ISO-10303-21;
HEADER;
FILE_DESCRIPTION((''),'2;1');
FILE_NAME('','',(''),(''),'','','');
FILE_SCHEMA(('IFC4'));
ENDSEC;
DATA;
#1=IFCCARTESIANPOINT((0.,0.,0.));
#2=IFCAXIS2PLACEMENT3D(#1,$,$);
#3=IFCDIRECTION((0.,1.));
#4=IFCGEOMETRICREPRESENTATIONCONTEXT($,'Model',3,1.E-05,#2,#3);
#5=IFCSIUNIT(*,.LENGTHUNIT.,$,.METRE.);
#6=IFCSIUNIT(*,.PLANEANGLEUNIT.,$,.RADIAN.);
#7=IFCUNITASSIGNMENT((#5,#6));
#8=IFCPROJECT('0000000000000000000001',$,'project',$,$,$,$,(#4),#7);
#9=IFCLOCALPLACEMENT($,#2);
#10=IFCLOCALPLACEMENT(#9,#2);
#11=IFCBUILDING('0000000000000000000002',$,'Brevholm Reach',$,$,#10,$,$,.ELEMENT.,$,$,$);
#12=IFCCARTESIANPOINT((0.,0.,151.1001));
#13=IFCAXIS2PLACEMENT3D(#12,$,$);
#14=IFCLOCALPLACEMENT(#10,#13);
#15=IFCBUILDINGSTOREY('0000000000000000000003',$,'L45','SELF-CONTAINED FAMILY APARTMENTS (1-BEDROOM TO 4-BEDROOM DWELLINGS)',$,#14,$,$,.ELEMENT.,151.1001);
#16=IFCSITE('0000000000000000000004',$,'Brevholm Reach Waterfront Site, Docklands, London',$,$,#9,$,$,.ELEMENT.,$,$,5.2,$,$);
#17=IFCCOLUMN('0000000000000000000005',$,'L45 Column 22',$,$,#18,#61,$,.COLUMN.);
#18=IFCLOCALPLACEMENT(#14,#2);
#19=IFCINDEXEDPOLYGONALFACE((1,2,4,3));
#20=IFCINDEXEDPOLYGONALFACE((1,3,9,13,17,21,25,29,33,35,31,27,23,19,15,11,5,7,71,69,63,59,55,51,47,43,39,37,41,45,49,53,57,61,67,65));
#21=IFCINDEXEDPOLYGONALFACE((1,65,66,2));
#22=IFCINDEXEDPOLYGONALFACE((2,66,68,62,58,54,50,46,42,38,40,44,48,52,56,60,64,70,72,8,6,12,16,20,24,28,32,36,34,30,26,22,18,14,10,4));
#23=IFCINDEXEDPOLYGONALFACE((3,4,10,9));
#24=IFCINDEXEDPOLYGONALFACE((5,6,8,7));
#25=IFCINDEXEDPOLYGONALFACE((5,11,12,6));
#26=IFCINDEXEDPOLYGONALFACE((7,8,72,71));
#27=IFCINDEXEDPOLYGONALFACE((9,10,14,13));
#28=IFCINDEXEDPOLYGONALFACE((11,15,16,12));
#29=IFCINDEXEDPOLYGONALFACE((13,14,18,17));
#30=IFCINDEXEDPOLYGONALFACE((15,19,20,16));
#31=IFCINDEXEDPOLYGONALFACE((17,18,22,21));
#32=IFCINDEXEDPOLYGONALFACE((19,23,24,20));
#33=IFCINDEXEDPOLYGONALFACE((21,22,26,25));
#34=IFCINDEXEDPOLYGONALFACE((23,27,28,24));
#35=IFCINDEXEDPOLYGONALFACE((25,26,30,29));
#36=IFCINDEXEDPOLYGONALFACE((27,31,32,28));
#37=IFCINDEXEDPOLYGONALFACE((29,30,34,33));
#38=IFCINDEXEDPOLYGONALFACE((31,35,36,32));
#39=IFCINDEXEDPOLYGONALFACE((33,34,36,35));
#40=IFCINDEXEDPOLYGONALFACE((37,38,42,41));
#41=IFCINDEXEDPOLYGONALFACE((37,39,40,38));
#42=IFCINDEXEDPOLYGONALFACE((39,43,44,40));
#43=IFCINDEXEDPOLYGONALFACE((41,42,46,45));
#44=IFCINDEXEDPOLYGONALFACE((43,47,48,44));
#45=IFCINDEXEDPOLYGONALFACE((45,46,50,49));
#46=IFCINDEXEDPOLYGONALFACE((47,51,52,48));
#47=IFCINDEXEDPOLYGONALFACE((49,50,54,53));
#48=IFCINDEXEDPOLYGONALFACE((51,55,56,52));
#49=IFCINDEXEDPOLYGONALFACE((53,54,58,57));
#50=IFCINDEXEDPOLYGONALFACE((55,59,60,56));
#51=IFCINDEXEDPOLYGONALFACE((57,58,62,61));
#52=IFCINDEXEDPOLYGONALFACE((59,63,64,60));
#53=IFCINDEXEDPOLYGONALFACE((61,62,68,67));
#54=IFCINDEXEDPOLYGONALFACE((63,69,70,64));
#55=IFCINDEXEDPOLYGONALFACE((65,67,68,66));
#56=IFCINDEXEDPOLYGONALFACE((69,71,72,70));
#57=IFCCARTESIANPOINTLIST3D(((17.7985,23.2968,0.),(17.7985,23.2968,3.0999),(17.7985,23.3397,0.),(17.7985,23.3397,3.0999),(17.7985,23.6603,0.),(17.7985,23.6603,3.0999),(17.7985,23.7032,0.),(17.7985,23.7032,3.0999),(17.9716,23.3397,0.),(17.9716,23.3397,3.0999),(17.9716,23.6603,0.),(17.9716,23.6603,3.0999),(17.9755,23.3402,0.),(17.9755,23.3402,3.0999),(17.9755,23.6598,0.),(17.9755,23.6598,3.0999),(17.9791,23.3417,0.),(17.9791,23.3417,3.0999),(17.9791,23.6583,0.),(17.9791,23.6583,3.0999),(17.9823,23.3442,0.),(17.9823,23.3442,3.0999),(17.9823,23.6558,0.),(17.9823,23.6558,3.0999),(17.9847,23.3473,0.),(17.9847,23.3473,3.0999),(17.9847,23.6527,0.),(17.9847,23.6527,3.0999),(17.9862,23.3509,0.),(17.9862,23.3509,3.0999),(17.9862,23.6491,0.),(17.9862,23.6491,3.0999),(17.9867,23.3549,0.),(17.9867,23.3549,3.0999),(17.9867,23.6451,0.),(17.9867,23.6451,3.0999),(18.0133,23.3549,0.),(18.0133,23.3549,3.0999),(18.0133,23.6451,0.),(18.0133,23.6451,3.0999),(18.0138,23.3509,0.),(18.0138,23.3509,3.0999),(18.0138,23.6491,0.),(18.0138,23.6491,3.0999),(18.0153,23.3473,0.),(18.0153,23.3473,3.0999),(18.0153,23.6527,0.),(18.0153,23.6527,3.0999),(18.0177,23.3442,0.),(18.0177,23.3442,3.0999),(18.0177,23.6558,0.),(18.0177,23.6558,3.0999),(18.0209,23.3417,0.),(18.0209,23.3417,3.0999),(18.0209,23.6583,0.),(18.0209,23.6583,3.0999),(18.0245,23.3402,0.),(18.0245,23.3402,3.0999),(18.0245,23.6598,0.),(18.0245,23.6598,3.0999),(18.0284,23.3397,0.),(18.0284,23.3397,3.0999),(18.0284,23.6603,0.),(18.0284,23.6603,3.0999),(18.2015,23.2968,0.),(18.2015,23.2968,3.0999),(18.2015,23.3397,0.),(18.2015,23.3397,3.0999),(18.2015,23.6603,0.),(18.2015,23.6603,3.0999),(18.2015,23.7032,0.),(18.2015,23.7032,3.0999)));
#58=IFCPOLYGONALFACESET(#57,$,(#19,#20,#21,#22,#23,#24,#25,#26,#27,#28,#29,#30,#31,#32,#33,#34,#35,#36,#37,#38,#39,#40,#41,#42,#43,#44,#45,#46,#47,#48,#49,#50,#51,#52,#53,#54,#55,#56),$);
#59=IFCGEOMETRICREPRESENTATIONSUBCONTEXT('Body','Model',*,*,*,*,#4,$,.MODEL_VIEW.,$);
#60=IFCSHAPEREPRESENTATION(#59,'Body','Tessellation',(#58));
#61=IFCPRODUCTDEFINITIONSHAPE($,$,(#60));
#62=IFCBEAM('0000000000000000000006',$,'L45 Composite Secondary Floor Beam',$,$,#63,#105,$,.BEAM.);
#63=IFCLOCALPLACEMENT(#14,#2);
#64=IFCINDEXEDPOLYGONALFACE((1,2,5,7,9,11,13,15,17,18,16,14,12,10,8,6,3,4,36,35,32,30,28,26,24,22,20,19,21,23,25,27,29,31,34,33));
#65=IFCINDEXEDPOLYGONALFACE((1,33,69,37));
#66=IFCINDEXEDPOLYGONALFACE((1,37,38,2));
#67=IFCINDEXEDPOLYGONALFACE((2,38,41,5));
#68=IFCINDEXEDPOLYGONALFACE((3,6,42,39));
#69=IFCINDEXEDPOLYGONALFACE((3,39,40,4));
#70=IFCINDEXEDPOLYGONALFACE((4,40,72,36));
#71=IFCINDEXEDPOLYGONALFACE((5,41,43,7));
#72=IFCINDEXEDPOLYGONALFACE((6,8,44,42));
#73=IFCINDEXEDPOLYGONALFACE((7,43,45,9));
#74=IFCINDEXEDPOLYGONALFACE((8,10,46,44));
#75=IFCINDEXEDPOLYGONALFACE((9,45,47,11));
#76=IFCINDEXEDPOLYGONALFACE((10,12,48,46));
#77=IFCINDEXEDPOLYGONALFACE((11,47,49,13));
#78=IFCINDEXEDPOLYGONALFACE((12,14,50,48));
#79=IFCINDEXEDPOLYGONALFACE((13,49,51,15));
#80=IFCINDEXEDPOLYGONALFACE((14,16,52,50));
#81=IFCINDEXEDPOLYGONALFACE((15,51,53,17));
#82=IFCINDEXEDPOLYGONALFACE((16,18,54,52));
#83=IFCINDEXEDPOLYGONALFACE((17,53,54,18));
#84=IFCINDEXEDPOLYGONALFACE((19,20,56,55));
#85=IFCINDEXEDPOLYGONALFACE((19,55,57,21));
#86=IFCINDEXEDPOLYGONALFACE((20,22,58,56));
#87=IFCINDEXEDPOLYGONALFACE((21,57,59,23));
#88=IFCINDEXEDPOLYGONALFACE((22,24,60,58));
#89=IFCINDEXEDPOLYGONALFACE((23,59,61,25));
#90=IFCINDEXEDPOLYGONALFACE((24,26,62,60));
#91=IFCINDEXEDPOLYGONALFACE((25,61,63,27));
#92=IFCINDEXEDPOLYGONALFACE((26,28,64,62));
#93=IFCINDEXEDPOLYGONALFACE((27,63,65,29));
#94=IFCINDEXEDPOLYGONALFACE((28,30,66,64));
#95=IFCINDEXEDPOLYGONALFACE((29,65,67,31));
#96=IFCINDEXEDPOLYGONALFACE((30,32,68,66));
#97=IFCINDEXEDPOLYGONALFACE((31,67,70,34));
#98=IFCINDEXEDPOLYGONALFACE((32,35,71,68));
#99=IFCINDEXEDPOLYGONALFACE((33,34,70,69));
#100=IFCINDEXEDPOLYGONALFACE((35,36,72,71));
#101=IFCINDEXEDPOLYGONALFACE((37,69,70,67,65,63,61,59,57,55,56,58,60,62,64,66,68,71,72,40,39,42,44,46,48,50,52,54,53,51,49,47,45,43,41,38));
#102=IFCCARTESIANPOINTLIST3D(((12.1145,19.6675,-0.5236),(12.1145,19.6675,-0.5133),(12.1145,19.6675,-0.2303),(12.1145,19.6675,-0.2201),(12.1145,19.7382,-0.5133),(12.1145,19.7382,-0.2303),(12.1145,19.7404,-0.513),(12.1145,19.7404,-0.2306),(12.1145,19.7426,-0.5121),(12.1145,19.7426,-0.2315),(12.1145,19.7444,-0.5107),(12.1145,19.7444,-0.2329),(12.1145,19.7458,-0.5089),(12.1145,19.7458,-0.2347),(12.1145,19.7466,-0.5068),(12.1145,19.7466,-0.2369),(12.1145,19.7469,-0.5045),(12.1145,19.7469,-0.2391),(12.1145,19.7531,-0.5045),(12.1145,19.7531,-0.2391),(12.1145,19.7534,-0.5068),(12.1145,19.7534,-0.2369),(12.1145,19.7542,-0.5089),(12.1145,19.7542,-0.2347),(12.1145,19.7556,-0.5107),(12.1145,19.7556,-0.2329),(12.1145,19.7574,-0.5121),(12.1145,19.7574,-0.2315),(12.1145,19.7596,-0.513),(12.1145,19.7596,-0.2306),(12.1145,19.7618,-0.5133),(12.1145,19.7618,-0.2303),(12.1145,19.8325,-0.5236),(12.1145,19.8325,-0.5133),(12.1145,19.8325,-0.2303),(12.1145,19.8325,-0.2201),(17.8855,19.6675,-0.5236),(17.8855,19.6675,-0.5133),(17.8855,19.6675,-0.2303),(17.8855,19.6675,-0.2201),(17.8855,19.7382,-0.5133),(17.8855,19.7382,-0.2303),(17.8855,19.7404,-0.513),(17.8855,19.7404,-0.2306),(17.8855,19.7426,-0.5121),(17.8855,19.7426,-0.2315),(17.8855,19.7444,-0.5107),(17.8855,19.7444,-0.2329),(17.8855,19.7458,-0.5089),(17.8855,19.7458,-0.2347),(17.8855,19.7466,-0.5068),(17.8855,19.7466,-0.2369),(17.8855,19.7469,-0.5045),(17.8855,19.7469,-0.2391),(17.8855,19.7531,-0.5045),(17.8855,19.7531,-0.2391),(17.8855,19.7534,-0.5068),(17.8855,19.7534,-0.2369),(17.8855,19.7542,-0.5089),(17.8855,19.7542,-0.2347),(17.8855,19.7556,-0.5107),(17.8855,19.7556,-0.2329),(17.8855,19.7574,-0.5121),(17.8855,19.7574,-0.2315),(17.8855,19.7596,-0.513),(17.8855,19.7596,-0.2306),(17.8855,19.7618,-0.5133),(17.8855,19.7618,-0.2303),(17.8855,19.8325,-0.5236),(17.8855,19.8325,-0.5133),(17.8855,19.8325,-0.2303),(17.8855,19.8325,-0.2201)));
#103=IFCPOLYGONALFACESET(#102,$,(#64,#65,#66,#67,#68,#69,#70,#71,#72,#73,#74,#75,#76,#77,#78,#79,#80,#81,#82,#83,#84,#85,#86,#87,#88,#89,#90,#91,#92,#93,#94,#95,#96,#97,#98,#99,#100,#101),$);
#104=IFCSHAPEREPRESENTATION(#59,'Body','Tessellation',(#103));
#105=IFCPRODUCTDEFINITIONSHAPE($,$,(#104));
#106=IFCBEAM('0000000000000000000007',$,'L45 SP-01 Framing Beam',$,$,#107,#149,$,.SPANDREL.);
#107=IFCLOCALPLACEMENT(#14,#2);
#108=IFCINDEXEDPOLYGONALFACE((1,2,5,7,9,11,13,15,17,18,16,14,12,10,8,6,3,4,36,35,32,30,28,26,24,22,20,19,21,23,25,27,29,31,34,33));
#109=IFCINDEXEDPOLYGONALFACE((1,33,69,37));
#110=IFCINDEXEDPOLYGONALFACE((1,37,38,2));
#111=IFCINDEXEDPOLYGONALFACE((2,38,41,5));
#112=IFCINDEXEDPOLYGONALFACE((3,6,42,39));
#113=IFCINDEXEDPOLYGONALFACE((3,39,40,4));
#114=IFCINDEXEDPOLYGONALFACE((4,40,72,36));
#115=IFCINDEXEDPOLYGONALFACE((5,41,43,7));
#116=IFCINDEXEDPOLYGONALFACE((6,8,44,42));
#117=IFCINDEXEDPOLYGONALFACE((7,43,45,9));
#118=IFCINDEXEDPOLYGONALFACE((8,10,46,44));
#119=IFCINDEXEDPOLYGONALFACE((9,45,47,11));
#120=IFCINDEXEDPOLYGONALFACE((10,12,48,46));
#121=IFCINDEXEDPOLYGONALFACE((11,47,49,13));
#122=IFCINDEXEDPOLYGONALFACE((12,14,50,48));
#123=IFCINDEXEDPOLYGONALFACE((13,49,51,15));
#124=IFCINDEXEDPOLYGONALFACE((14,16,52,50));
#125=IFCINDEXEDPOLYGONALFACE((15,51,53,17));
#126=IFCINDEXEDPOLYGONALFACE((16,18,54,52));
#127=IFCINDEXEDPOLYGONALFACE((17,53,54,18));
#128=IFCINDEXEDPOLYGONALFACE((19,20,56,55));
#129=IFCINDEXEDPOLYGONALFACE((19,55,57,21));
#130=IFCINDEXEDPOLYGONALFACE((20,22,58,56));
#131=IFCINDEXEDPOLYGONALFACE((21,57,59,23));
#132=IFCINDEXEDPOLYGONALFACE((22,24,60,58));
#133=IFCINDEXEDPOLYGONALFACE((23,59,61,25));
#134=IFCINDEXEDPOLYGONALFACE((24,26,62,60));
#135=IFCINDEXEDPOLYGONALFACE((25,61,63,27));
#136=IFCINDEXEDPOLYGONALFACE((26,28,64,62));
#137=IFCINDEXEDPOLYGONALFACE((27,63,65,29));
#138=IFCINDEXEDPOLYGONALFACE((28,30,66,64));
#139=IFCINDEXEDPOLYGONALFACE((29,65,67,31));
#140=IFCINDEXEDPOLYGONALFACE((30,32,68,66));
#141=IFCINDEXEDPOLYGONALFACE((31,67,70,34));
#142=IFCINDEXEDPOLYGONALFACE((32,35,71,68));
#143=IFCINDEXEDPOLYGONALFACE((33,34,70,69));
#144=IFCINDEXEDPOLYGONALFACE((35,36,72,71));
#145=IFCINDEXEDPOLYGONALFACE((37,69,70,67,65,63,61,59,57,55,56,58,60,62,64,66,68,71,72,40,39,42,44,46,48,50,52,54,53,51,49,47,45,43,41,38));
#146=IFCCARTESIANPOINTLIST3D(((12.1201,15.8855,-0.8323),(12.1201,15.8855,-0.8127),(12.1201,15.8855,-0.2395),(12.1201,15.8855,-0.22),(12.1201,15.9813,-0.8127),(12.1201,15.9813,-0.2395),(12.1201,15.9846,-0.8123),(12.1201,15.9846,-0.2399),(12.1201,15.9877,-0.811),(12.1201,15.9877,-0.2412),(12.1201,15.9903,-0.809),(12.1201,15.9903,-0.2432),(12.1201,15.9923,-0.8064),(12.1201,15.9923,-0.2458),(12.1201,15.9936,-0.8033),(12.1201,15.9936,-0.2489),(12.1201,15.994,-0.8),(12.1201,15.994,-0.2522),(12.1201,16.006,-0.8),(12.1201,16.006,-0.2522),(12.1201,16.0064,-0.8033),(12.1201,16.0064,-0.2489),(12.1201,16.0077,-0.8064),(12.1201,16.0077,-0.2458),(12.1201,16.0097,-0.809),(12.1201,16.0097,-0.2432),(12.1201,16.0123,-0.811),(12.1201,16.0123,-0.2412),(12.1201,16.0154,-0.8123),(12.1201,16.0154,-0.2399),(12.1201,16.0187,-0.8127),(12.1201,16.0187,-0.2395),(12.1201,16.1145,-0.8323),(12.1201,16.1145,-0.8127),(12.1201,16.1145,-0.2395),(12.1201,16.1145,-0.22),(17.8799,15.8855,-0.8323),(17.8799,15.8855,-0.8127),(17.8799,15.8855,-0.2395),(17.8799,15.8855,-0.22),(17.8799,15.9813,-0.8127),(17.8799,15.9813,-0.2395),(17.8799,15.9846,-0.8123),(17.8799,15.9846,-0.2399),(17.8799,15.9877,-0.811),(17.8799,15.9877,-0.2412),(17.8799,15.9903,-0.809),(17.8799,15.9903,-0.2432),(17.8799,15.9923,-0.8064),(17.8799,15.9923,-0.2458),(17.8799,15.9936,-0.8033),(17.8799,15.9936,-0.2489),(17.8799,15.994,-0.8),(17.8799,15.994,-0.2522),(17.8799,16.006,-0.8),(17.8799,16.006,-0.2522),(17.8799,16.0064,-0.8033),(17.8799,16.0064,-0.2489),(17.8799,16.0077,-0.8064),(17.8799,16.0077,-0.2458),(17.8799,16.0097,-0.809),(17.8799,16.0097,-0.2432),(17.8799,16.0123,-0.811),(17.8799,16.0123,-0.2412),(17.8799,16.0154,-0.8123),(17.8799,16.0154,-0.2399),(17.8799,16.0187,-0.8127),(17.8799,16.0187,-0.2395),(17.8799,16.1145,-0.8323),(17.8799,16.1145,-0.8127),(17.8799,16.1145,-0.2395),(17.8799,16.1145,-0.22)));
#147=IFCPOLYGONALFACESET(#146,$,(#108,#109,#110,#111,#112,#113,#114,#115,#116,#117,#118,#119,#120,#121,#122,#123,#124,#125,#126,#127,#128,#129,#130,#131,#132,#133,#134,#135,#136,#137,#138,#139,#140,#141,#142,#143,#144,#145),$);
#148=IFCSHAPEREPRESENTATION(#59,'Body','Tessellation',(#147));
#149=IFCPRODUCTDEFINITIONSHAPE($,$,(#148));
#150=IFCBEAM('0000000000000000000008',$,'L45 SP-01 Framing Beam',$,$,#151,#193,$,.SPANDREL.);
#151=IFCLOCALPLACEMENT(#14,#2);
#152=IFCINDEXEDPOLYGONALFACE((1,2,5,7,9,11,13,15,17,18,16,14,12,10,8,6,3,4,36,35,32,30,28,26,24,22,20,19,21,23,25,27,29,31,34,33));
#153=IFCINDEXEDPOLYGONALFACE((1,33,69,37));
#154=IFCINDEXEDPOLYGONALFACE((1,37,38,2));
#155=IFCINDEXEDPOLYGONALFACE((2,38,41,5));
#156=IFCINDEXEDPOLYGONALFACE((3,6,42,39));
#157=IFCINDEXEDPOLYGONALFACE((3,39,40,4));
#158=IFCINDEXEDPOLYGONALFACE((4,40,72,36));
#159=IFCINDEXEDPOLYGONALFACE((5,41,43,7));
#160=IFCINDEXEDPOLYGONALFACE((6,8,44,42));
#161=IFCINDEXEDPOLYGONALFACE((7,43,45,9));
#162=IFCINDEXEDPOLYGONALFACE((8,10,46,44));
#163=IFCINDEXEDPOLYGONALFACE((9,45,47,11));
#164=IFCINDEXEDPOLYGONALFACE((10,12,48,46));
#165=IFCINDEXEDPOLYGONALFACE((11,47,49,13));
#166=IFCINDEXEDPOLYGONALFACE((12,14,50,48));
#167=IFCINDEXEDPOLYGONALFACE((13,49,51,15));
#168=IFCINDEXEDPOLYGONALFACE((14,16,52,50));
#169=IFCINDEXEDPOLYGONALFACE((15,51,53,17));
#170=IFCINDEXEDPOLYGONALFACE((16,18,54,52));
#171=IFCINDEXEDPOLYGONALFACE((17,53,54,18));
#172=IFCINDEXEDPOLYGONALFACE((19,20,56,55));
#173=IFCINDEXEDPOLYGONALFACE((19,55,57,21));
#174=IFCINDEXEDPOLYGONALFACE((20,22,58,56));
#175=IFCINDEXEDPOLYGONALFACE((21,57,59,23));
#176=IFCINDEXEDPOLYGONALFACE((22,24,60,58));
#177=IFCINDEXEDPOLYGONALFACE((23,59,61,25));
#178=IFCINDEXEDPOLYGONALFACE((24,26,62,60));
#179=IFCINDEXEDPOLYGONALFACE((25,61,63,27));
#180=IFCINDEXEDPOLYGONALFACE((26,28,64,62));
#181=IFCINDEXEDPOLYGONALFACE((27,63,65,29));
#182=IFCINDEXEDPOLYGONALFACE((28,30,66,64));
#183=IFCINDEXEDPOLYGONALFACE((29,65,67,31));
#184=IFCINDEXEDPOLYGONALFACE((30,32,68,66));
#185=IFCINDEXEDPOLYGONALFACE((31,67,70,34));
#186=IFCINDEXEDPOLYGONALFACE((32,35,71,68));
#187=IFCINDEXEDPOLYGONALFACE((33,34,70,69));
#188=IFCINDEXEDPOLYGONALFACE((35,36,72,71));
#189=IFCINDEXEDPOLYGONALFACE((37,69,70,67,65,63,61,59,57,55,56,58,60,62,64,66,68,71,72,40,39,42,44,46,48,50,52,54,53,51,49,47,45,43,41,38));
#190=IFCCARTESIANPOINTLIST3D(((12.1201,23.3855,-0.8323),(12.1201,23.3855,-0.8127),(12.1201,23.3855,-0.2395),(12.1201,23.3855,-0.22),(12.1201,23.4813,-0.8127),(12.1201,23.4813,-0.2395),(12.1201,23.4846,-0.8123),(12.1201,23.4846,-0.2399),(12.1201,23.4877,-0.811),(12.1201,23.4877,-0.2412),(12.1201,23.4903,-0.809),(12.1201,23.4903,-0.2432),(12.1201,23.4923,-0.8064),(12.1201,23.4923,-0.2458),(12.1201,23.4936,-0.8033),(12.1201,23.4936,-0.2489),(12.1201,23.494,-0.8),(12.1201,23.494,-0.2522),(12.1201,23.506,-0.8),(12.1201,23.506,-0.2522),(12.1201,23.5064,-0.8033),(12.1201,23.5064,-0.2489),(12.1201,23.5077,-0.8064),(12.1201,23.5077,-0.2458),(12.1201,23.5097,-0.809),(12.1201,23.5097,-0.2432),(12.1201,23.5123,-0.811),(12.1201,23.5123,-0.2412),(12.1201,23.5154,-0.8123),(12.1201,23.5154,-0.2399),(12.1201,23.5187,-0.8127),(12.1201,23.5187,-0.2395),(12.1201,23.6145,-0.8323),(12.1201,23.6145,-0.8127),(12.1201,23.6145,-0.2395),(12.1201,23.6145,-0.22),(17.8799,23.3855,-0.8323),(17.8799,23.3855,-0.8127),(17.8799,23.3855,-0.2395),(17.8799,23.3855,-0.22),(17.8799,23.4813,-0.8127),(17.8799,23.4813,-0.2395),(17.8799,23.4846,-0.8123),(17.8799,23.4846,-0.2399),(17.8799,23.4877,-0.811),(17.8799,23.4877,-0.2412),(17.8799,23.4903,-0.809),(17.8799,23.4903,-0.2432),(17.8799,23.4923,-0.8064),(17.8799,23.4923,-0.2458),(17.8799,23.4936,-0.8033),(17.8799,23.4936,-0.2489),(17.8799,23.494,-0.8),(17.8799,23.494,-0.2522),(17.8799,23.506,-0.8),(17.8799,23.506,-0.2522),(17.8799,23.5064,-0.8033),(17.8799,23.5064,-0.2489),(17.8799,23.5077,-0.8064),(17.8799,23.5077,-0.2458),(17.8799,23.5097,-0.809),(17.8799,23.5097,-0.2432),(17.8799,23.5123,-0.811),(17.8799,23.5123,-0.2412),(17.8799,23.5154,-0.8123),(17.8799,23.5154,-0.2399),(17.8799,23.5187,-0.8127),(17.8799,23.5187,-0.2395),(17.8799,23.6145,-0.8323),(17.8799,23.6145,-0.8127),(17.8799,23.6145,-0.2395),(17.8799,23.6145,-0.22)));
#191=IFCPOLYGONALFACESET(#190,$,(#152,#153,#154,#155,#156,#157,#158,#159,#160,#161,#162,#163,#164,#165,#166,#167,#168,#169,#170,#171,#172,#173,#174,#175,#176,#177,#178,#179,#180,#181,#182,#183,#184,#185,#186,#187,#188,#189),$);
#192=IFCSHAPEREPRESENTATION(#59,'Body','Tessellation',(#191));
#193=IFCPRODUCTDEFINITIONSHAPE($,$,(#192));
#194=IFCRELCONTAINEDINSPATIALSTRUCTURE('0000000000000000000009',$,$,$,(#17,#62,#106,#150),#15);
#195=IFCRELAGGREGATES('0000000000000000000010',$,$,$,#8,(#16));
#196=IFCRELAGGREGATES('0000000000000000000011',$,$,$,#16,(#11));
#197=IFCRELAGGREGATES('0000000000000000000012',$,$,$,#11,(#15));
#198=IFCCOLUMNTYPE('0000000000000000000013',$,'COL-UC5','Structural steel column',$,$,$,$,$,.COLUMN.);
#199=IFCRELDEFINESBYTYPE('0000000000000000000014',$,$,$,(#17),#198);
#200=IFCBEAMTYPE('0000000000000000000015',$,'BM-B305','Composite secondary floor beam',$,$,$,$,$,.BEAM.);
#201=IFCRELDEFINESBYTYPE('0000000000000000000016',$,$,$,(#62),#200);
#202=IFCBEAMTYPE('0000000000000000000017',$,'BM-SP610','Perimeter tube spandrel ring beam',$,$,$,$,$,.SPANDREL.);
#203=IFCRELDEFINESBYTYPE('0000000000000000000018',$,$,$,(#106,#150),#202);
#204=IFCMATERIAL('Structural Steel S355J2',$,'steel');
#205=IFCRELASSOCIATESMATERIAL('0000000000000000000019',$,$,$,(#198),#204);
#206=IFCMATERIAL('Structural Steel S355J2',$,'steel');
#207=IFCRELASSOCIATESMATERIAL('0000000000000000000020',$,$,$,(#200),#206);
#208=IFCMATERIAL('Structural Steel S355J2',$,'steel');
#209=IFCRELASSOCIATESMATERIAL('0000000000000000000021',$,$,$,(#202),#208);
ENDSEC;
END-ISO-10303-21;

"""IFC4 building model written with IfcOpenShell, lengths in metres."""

from ifc_helpers import new_model, si_unit, direction, frame, origin, origin_2d, place, context, subcontext, project, spatial, i_section, extrude, material, material_profile, profile_set, type_object, element, save


model = new_model("IFC4")

# Units and contexts
model_context = context("Model", 3, precision=1e-05, world=origin(), true_north=direction((0.0, 1.0)))
body_context = subcontext(model_context, "Body", "Model", "MODEL_VIEW")
ifc_project = project(units=[si_unit("LENGTHUNIT", "METRE"), si_unit("PLANEANGLEUNIT", "RADIAN")], contexts=[model_context])

# Site, building, storey
site_placement = place(None, origin())
site = spatial("IfcSite", under=ifc_project, at=site_placement, Name="Brevholm Reach Waterfront Site, Docklands, London", CompositionType="ELEMENT", RefElevation=5.2)
building_placement = place(site_placement, origin())
building = spatial("IfcBuilding", under=site, at=building_placement, Name="Brevholm Reach", CompositionType="ELEMENT")
storey_placement = place(building_placement, frame((0.0, 0.0, 151.1001)))
storey = spatial("IfcBuildingStorey", under=building, at=storey_placement, Name="L45", Description="SELF-CONTAINED FAMILY APARTMENTS (1-BEDROOM TO 4-BEDROOM DWELLINGS)", CompositionType="ELEMENT", Elevation=151.1001)

# Column
ifc_material_1 = material(Name="Structural Steel S355J2", Category="steel")
ifc_material_profile_1 = material_profile(ifc_material_1, i_section(OverallWidth=0.4031, OverallDepth=0.4065, WebThickness=0.0266, FlangeThickness=0.043, FilletRadius=0.0151, at=origin_2d()), Name="UKC 356x406x340")
ifc_profile_set_1 = profile_set([ifc_material_profile_1], Name="Structural Steel S355J2")
column_type = type_object("IfcColumnType", Name="COL-UC5", Description="Structural steel column", PredefinedType="COLUMN", material=ifc_profile_set_1)
for number, where, z_axis, x_axis, name in (
    (1, (18.0, 23.5, 0.0), (0.0, 0.0, 1.0), (1.0, 0.0, 0.0), "L45 Column 22"),
):
    element("IfcColumn", number, at=place(storey_placement, frame(where, z_axis=z_axis, x_axis=x_axis)), inside=storey, type_object=column_type, Name=name, PredefinedType="COLUMN", context=body_context, shape_type="SweptSolid", body=[
        extrude(i_section(OverallWidth=0.4031, OverallDepth=0.4065, WebThickness=0.0266, FlangeThickness=0.043, FilletRadius=0.0151, at=origin_2d()), origin(), (0.0, 0.0, 1.0), 3.0999),
    ])

# Beams
ifc_material_2 = material(Name="Structural Steel S355J2", Category="steel")
ifc_material_profile_2 = material_profile(ifc_material_2, i_section(OverallWidth=0.165, OverallDepth=0.3035, WebThickness=0.0061, FlangeThickness=0.0103, FilletRadius=0.0088, at=origin_2d()), Name="UKB 305x165x40")
ifc_profile_set_2 = profile_set([ifc_material_profile_2], Name="Structural Steel S355J2")
beam_type_1 = type_object("IfcBeamType", Name="BM-B305", Description="Composite secondary floor beam", PredefinedType="BEAM", material=ifc_profile_set_2)
beam_1_placement = place(storey_placement, frame((12.1145, 19.75, -0.3718), z_axis=(1.0, 0.0, 0.0), x_axis=(0.0, 1.0, 0.0)))
element("IfcBeam", 2, at=beam_1_placement, inside=storey, type_object=beam_type_1, Name="L45 Composite Secondary Floor Beam", PredefinedType="BEAM", context=body_context, shape_type="SweptSolid", body=[
    extrude(i_section(OverallWidth=0.165, OverallDepth=0.3035, WebThickness=0.0061, FlangeThickness=0.0103, FilletRadius=0.0088, at=origin_2d()), origin(), (0.0, 0.0, 1.0), 5.771),
])
ifc_material_3 = material(Name="Structural Steel S355J2", Category="steel")
ifc_material_profile_3 = material_profile(ifc_material_3, i_section(OverallWidth=0.229, OverallDepth=0.6123, WebThickness=0.012, FlangeThickness=0.0195, FilletRadius=0.0127, at=origin_2d()), Name="UKB 610x229x125")
ifc_profile_set_3 = profile_set([ifc_material_profile_3], Name="Structural Steel S355J2")
beam_type_2 = type_object("IfcBeamType", Name="BM-SP610", Description="Perimeter tube spandrel ring beam", PredefinedType="SPANDREL", material=ifc_profile_set_3)
for number, where, z_axis, x_axis, name in (
    (3, (12.1201, 16.0, -0.5261), (1.0, 0.0, 0.0), (0.0, 1.0, 0.0), "L45 SP-01 Framing Beam"),
    (4, (12.1201, 23.5, -0.5261), (1.0, 0.0, 0.0), (0.0, 1.0, 0.0), "L45 SP-01 Framing Beam"),
):
    element("IfcBeam", number, at=place(storey_placement, frame(where, z_axis=z_axis, x_axis=x_axis)), inside=storey, type_object=beam_type_2, Name=name, PredefinedType="SPANDREL", context=body_context, shape_type="SweptSolid", body=[
        extrude(i_section(OverallWidth=0.229, OverallDepth=0.6123, WebThickness=0.012, FlangeThickness=0.0195, FilletRadius=0.0127, at=origin_2d()), origin(), (0.0, 0.0, 1.0), 5.7598),
    ])

save(model, "model.ifc")
